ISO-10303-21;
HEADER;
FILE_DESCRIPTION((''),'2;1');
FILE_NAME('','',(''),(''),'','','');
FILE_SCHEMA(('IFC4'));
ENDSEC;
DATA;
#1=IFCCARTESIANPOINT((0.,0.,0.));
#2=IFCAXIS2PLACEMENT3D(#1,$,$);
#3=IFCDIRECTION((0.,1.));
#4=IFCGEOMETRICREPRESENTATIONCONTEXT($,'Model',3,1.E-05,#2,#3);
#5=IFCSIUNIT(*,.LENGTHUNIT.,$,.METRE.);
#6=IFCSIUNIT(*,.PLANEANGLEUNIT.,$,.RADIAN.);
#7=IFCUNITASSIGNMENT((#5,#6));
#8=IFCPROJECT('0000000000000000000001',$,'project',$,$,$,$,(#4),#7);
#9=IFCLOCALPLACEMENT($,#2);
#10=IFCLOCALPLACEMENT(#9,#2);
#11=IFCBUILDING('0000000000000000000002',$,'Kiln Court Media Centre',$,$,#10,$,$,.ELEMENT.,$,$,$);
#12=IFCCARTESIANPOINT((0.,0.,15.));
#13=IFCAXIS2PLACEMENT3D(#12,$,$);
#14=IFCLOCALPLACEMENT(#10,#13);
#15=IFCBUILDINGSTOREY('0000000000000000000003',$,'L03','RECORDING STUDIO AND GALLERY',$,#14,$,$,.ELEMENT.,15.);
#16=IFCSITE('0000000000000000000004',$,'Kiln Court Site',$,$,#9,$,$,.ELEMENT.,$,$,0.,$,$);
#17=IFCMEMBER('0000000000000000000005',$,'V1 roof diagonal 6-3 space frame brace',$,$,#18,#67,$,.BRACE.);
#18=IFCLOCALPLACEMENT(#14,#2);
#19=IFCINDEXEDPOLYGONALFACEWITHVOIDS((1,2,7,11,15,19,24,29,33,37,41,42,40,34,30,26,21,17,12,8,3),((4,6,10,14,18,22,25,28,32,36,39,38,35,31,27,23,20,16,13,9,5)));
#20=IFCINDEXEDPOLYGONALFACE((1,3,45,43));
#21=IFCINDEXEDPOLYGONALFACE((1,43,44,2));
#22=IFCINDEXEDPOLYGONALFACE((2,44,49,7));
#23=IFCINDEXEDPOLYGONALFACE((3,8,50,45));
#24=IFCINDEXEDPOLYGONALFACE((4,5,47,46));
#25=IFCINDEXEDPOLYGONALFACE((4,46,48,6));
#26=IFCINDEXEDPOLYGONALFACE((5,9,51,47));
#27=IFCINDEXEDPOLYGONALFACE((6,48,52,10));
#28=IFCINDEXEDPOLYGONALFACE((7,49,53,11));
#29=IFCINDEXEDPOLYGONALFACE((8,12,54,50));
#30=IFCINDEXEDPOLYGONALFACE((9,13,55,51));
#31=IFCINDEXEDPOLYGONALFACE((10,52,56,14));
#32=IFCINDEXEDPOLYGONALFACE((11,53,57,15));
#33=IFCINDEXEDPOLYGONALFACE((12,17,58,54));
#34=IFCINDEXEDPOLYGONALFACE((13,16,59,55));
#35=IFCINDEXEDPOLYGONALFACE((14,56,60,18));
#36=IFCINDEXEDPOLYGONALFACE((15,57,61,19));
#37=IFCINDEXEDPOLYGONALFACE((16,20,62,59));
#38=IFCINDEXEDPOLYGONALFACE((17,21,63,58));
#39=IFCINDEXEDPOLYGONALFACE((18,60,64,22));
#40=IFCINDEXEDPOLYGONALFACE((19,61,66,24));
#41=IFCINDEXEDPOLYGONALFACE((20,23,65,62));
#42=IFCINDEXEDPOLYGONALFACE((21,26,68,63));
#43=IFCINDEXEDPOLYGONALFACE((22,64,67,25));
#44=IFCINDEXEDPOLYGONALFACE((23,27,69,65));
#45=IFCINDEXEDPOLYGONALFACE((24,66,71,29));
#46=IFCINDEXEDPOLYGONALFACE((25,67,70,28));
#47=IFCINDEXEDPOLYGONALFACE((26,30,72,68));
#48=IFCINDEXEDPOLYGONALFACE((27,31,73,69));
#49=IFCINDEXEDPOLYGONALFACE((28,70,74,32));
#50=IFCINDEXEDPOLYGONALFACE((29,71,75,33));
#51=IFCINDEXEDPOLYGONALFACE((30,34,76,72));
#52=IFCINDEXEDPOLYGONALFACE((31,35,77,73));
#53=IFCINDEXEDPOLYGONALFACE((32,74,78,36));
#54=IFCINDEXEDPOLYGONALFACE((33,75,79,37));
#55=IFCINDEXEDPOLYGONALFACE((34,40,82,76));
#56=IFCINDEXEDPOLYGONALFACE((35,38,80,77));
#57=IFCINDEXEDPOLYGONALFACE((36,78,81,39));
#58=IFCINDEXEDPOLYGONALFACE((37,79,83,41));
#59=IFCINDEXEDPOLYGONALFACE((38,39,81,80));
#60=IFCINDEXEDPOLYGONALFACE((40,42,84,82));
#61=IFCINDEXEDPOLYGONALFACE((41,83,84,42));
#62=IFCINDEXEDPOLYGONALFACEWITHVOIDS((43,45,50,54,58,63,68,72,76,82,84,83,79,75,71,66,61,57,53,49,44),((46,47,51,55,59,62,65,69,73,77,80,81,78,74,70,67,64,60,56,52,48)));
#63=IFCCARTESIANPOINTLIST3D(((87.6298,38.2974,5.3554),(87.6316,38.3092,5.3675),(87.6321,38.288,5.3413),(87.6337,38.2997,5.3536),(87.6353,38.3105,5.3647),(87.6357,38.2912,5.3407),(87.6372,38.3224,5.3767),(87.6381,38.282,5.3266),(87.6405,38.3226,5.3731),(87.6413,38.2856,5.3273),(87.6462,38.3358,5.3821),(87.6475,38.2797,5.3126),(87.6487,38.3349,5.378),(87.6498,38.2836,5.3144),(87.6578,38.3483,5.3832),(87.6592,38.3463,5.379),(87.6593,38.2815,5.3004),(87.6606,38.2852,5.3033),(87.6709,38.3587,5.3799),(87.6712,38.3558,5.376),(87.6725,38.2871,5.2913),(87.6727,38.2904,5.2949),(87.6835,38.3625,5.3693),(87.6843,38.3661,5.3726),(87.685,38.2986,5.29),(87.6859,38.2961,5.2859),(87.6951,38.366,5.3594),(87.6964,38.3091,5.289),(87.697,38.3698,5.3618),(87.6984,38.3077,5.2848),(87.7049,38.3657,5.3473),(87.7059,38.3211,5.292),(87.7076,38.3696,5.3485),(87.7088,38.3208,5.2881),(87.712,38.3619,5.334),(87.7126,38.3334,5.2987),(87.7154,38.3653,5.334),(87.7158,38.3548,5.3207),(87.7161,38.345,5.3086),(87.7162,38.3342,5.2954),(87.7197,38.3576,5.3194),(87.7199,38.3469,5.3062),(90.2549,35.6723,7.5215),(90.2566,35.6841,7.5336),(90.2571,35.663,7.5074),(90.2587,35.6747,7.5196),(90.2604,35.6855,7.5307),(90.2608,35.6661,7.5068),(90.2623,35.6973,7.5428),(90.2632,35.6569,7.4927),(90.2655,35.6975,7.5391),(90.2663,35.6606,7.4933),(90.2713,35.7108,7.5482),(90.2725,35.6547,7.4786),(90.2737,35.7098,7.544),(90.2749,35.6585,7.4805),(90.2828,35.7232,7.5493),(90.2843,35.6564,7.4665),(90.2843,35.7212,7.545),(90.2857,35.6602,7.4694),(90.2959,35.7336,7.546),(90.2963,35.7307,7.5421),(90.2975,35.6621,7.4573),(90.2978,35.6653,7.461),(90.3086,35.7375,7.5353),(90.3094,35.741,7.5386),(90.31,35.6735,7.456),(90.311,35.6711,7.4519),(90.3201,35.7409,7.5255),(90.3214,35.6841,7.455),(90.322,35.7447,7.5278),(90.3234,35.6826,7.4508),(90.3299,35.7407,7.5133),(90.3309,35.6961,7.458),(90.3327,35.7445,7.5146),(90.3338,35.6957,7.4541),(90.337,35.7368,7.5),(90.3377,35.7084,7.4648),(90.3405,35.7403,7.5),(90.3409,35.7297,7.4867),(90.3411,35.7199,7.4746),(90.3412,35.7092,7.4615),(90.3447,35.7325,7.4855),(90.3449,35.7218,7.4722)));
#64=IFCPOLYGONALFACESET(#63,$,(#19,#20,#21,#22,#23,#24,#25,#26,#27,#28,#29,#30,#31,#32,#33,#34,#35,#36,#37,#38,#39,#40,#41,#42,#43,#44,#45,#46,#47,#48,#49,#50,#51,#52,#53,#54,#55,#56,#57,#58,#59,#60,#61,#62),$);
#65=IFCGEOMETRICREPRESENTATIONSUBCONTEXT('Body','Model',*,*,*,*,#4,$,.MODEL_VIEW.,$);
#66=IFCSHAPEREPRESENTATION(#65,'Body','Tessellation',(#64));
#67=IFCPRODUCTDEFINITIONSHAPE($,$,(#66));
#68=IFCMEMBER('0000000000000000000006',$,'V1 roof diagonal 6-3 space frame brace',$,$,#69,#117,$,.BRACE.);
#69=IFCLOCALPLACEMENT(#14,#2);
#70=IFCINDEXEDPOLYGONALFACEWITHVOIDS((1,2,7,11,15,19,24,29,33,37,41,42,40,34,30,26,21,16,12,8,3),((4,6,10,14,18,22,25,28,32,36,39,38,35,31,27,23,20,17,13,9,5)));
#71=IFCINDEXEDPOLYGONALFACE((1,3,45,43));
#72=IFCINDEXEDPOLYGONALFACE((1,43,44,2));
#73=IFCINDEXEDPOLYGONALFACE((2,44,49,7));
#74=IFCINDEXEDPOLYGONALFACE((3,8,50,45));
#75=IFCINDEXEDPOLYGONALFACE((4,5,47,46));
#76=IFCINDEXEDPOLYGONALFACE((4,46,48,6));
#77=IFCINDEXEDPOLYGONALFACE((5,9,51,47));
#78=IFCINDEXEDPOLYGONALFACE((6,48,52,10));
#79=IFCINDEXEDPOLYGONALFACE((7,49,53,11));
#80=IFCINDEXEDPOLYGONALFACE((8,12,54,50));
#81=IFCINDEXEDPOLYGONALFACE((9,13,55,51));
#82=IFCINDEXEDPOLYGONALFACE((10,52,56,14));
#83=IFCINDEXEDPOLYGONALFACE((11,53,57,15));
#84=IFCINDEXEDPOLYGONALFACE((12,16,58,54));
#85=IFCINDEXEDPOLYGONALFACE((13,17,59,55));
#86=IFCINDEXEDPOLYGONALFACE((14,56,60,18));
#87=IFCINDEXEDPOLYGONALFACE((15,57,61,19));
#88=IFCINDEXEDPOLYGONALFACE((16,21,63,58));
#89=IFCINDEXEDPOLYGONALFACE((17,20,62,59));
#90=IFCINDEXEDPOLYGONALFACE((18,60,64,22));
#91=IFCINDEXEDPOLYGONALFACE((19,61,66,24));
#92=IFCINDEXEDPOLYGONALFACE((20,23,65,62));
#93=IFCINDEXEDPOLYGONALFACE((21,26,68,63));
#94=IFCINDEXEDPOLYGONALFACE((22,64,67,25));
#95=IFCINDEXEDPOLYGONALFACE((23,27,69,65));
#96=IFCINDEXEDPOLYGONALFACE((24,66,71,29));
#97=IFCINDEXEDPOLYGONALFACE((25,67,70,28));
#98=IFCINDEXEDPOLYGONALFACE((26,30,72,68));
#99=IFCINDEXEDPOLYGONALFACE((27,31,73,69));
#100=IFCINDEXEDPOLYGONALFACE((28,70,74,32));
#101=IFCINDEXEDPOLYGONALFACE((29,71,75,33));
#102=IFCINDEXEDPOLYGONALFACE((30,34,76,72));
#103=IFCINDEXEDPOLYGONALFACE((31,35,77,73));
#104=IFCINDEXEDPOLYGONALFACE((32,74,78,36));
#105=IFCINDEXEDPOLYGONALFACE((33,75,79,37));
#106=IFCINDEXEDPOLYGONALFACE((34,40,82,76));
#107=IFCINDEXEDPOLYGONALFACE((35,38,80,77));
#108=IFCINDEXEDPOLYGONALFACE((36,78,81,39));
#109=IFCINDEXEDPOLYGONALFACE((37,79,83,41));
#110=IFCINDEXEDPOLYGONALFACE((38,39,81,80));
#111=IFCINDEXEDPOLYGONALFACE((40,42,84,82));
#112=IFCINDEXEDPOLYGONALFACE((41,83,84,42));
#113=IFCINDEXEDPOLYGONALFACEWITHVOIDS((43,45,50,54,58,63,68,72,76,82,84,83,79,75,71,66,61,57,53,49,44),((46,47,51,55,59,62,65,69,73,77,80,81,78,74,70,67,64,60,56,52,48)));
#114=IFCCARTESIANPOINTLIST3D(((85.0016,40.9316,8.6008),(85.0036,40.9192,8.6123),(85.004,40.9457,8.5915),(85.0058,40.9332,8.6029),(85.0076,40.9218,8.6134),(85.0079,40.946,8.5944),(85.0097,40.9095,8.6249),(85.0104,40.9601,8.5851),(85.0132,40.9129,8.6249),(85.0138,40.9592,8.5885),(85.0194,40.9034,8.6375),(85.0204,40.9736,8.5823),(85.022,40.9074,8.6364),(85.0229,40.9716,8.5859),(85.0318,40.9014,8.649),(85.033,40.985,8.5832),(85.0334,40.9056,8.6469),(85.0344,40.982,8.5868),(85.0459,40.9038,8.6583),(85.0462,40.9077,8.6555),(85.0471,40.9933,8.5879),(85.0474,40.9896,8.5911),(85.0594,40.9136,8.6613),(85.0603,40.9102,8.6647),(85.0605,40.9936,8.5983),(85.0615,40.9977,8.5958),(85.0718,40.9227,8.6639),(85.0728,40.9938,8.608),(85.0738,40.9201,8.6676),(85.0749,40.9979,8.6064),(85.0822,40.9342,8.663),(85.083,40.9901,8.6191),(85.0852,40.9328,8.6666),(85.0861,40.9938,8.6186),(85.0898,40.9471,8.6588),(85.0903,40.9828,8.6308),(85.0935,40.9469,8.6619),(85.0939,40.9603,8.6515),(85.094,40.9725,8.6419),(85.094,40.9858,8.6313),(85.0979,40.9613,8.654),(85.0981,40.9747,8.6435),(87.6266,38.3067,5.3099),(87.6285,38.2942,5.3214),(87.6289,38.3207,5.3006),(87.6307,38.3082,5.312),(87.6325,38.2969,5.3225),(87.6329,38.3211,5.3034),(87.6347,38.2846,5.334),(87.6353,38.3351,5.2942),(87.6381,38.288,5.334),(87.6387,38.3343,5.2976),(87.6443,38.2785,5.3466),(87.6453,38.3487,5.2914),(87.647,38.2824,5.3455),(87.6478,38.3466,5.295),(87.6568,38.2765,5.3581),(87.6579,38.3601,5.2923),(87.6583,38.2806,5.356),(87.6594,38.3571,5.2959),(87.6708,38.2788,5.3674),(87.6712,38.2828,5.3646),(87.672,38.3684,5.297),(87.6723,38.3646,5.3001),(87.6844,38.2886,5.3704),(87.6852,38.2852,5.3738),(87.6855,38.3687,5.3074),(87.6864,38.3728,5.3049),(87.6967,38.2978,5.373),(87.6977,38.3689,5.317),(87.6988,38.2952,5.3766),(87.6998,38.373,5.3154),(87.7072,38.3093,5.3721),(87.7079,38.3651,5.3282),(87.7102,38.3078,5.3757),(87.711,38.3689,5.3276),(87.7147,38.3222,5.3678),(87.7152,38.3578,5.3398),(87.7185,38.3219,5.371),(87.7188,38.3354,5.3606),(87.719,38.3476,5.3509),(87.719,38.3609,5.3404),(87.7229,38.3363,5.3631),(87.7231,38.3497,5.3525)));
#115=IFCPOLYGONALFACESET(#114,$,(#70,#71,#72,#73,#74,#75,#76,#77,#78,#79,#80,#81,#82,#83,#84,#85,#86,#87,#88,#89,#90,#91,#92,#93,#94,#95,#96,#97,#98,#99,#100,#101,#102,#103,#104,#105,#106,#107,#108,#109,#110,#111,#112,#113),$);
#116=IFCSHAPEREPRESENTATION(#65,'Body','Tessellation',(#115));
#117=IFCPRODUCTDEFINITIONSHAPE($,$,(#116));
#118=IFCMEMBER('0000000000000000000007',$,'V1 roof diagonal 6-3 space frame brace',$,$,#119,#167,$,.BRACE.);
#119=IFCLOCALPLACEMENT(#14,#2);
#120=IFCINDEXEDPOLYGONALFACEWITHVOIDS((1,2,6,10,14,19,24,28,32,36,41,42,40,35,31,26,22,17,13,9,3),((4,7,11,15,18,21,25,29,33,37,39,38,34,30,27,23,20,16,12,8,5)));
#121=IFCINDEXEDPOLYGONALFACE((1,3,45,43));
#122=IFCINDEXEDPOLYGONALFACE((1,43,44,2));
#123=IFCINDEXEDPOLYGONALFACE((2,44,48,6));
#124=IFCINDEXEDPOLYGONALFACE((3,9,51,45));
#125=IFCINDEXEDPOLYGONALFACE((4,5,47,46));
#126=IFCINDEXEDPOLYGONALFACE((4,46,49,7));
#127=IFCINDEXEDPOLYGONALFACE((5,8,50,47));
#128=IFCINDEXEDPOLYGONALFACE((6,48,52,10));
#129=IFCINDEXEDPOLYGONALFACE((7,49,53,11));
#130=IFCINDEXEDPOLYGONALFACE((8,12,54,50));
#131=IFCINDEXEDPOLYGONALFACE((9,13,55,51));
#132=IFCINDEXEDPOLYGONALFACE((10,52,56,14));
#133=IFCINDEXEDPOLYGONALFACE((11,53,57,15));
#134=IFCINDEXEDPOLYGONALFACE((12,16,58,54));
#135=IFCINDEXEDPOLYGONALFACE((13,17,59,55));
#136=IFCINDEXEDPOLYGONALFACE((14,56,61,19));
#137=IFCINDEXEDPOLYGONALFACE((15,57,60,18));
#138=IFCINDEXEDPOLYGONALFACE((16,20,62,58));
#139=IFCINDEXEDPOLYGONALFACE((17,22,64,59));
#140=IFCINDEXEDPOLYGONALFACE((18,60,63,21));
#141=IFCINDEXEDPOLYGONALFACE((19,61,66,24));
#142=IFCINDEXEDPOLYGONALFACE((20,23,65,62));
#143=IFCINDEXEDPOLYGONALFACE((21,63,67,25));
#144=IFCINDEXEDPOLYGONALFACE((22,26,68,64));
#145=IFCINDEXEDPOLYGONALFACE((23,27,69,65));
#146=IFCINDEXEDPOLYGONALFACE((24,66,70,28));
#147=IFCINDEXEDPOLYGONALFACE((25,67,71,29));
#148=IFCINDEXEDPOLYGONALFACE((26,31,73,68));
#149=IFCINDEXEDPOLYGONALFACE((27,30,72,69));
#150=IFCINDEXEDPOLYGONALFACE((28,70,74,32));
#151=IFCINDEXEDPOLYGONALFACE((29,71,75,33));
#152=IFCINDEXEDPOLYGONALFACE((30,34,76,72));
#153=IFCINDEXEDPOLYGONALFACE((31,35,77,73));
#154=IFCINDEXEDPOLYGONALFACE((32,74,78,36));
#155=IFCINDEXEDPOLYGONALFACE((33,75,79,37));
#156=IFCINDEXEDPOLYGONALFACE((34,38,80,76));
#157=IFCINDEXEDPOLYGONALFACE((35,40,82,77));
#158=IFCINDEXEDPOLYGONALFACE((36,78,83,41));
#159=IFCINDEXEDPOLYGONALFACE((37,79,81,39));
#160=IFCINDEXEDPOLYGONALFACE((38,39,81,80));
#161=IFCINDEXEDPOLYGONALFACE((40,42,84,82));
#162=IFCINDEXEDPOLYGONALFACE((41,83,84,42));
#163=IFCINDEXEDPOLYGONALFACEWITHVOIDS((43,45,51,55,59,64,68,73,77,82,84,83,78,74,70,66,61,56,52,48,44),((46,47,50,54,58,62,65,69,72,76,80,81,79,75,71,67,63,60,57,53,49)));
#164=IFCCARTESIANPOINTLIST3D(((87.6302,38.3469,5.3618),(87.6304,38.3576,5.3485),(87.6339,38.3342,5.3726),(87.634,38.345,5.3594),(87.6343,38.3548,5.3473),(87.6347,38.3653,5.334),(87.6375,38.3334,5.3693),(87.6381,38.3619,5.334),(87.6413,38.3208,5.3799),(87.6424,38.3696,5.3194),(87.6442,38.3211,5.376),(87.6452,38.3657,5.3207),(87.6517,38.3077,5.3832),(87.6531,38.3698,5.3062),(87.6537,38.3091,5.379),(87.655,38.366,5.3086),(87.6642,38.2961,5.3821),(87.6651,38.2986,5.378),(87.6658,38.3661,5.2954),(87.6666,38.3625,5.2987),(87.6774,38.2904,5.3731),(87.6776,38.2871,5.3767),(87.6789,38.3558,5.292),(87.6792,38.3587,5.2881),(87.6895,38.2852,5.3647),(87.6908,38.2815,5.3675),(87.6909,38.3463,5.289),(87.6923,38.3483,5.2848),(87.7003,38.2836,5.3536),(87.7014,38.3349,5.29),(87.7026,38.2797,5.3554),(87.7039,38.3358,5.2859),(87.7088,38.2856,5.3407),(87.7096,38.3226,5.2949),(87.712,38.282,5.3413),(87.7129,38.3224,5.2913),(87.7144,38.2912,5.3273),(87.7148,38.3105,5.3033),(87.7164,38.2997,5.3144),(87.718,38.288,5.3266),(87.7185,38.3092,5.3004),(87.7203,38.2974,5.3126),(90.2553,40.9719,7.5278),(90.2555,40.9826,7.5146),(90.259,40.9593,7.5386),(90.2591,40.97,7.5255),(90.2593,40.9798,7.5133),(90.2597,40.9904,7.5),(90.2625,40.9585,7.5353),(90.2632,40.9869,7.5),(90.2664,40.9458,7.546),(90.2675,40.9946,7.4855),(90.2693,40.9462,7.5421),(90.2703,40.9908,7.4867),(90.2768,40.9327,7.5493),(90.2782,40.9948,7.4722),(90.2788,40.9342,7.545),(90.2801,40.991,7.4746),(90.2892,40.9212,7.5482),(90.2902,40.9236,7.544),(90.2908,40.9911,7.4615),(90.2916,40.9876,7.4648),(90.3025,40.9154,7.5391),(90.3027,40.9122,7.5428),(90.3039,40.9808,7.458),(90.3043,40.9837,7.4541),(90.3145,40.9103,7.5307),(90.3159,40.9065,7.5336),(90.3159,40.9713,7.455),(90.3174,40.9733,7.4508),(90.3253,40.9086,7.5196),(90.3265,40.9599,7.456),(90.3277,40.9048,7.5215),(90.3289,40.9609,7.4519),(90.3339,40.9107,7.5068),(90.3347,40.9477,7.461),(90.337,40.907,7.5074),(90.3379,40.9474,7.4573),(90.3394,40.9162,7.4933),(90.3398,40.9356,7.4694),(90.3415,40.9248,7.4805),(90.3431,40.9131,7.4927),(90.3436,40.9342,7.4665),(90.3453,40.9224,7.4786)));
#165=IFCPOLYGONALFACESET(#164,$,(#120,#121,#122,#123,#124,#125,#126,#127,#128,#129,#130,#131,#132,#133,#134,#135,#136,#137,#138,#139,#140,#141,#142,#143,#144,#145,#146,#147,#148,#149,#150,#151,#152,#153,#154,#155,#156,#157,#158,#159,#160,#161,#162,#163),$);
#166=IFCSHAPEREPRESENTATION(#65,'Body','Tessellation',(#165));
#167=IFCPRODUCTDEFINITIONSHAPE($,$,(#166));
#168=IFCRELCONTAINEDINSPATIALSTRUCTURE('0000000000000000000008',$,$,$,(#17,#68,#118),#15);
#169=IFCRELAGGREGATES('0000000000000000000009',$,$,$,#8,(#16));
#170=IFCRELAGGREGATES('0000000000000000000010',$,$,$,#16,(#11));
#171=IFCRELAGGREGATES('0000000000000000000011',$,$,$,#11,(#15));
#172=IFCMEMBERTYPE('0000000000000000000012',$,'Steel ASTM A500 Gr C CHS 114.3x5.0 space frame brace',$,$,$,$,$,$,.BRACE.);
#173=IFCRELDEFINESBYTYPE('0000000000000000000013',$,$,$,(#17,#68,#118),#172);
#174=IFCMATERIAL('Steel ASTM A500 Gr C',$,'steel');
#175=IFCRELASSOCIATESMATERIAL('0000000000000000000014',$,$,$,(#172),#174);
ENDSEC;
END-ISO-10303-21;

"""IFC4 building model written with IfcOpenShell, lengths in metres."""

from ifc_helpers import new_model, si_unit, direction, frame, origin, origin_2d, place, context, subcontext, project, spatial, hollow_circle, extrude, material, material_profile, profile_set, type_object, element, save


model = new_model("IFC4")

# Units and contexts
model_context = context("Model", 3, precision=1e-05, world=origin(), true_north=direction((0.0, 1.0)))
body_context = subcontext(model_context, "Body", "Model", "MODEL_VIEW")
ifc_project = project(units=[si_unit("LENGTHUNIT", "METRE"), si_unit("PLANEANGLEUNIT", "RADIAN")], contexts=[model_context])

# Site, building, storey
site_placement = place(None, origin())
site = spatial("IfcSite", under=ifc_project, at=site_placement, Name="Kiln Court Site", CompositionType="ELEMENT", RefElevation=0.0)
building_placement = place(site_placement, origin())
building = spatial("IfcBuilding", under=site, at=building_placement, Name="Kiln Court Media Centre", CompositionType="ELEMENT")
storey_placement = place(building_placement, frame((0.0, 0.0, 15.0)))
storey = spatial("IfcBuildingStorey", under=building, at=storey_placement, Name="L03", Description="RECORDING STUDIO AND GALLERY", CompositionType="ELEMENT", Elevation=15.0)

# Members
ifc_material_1 = material(Name="Steel ASTM A500 Gr C", Category="steel")
ifc_material_profile_1 = material_profile(ifc_material_1, hollow_circle(Radius=0.0571, WallThickness=0.0049, at=origin_2d()), Name="CHS 114.3x5.0")
ifc_profile_set_1 = profile_set([ifc_material_profile_1], Name="Steel ASTM A500 Gr C")
member_type_1 = type_object("IfcMemberType", Name="Steel ASTM A500 Gr C CHS 114.3x5.0 space frame brace", PredefinedType="BRACE", material=ifc_profile_set_1)
member_1_placement = place(storey_placement, frame((87.675, 38.325, 5.334), z_axis=(0.610748, -0.610748, 0.503958), x_axis=(0.707107, 0.707107, 0.0)))
element("IfcMember", 1, at=member_1_placement, inside=storey, type_object=member_type_1, Name="V1 roof diagonal 6-3 space frame brace", PredefinedType="BRACE", context=body_context, shape_type="SweptSolid", body=[
    extrude(hollow_circle(Radius=0.0571, WallThickness=0.0049, at=origin_2d()), origin(), (0.0, 0.0, 1.0), 4.2981),
])
member_2_placement = place(storey_placement, frame((87.675, 38.325, 5.334), z_axis=(-0.529122, 0.529122, 0.663371), x_axis=(-0.707107, -0.707107, 0.0)))
element("IfcMember", 2, at=member_2_placement, inside=storey, type_object=member_type_1, Name="V1 roof diagonal 6-3 space frame brace", PredefinedType="BRACE", context=body_context, shape_type="SweptSolid", body=[
    extrude(hollow_circle(Radius=0.0571, WallThickness=0.0049, at=origin_2d()), origin(), (0.0, 0.0, 1.0), 4.9609),
])
member_3_placement = place(storey_placement, frame((87.675, 38.325, 5.334), z_axis=(0.610748, 0.610748, 0.503958), x_axis=(-0.707107, 0.707107, 0.0)))
element("IfcMember", 3, at=member_3_placement, inside=storey, type_object=member_type_1, Name="V1 roof diagonal 6-3 space frame brace", PredefinedType="BRACE", context=body_context, shape_type="SweptSolid", body=[
    extrude(hollow_circle(Radius=0.0571, WallThickness=0.0049, at=origin_2d()), origin(), (0.0, 0.0, 1.0), 4.2981),
])

save(model, "model.ifc")
